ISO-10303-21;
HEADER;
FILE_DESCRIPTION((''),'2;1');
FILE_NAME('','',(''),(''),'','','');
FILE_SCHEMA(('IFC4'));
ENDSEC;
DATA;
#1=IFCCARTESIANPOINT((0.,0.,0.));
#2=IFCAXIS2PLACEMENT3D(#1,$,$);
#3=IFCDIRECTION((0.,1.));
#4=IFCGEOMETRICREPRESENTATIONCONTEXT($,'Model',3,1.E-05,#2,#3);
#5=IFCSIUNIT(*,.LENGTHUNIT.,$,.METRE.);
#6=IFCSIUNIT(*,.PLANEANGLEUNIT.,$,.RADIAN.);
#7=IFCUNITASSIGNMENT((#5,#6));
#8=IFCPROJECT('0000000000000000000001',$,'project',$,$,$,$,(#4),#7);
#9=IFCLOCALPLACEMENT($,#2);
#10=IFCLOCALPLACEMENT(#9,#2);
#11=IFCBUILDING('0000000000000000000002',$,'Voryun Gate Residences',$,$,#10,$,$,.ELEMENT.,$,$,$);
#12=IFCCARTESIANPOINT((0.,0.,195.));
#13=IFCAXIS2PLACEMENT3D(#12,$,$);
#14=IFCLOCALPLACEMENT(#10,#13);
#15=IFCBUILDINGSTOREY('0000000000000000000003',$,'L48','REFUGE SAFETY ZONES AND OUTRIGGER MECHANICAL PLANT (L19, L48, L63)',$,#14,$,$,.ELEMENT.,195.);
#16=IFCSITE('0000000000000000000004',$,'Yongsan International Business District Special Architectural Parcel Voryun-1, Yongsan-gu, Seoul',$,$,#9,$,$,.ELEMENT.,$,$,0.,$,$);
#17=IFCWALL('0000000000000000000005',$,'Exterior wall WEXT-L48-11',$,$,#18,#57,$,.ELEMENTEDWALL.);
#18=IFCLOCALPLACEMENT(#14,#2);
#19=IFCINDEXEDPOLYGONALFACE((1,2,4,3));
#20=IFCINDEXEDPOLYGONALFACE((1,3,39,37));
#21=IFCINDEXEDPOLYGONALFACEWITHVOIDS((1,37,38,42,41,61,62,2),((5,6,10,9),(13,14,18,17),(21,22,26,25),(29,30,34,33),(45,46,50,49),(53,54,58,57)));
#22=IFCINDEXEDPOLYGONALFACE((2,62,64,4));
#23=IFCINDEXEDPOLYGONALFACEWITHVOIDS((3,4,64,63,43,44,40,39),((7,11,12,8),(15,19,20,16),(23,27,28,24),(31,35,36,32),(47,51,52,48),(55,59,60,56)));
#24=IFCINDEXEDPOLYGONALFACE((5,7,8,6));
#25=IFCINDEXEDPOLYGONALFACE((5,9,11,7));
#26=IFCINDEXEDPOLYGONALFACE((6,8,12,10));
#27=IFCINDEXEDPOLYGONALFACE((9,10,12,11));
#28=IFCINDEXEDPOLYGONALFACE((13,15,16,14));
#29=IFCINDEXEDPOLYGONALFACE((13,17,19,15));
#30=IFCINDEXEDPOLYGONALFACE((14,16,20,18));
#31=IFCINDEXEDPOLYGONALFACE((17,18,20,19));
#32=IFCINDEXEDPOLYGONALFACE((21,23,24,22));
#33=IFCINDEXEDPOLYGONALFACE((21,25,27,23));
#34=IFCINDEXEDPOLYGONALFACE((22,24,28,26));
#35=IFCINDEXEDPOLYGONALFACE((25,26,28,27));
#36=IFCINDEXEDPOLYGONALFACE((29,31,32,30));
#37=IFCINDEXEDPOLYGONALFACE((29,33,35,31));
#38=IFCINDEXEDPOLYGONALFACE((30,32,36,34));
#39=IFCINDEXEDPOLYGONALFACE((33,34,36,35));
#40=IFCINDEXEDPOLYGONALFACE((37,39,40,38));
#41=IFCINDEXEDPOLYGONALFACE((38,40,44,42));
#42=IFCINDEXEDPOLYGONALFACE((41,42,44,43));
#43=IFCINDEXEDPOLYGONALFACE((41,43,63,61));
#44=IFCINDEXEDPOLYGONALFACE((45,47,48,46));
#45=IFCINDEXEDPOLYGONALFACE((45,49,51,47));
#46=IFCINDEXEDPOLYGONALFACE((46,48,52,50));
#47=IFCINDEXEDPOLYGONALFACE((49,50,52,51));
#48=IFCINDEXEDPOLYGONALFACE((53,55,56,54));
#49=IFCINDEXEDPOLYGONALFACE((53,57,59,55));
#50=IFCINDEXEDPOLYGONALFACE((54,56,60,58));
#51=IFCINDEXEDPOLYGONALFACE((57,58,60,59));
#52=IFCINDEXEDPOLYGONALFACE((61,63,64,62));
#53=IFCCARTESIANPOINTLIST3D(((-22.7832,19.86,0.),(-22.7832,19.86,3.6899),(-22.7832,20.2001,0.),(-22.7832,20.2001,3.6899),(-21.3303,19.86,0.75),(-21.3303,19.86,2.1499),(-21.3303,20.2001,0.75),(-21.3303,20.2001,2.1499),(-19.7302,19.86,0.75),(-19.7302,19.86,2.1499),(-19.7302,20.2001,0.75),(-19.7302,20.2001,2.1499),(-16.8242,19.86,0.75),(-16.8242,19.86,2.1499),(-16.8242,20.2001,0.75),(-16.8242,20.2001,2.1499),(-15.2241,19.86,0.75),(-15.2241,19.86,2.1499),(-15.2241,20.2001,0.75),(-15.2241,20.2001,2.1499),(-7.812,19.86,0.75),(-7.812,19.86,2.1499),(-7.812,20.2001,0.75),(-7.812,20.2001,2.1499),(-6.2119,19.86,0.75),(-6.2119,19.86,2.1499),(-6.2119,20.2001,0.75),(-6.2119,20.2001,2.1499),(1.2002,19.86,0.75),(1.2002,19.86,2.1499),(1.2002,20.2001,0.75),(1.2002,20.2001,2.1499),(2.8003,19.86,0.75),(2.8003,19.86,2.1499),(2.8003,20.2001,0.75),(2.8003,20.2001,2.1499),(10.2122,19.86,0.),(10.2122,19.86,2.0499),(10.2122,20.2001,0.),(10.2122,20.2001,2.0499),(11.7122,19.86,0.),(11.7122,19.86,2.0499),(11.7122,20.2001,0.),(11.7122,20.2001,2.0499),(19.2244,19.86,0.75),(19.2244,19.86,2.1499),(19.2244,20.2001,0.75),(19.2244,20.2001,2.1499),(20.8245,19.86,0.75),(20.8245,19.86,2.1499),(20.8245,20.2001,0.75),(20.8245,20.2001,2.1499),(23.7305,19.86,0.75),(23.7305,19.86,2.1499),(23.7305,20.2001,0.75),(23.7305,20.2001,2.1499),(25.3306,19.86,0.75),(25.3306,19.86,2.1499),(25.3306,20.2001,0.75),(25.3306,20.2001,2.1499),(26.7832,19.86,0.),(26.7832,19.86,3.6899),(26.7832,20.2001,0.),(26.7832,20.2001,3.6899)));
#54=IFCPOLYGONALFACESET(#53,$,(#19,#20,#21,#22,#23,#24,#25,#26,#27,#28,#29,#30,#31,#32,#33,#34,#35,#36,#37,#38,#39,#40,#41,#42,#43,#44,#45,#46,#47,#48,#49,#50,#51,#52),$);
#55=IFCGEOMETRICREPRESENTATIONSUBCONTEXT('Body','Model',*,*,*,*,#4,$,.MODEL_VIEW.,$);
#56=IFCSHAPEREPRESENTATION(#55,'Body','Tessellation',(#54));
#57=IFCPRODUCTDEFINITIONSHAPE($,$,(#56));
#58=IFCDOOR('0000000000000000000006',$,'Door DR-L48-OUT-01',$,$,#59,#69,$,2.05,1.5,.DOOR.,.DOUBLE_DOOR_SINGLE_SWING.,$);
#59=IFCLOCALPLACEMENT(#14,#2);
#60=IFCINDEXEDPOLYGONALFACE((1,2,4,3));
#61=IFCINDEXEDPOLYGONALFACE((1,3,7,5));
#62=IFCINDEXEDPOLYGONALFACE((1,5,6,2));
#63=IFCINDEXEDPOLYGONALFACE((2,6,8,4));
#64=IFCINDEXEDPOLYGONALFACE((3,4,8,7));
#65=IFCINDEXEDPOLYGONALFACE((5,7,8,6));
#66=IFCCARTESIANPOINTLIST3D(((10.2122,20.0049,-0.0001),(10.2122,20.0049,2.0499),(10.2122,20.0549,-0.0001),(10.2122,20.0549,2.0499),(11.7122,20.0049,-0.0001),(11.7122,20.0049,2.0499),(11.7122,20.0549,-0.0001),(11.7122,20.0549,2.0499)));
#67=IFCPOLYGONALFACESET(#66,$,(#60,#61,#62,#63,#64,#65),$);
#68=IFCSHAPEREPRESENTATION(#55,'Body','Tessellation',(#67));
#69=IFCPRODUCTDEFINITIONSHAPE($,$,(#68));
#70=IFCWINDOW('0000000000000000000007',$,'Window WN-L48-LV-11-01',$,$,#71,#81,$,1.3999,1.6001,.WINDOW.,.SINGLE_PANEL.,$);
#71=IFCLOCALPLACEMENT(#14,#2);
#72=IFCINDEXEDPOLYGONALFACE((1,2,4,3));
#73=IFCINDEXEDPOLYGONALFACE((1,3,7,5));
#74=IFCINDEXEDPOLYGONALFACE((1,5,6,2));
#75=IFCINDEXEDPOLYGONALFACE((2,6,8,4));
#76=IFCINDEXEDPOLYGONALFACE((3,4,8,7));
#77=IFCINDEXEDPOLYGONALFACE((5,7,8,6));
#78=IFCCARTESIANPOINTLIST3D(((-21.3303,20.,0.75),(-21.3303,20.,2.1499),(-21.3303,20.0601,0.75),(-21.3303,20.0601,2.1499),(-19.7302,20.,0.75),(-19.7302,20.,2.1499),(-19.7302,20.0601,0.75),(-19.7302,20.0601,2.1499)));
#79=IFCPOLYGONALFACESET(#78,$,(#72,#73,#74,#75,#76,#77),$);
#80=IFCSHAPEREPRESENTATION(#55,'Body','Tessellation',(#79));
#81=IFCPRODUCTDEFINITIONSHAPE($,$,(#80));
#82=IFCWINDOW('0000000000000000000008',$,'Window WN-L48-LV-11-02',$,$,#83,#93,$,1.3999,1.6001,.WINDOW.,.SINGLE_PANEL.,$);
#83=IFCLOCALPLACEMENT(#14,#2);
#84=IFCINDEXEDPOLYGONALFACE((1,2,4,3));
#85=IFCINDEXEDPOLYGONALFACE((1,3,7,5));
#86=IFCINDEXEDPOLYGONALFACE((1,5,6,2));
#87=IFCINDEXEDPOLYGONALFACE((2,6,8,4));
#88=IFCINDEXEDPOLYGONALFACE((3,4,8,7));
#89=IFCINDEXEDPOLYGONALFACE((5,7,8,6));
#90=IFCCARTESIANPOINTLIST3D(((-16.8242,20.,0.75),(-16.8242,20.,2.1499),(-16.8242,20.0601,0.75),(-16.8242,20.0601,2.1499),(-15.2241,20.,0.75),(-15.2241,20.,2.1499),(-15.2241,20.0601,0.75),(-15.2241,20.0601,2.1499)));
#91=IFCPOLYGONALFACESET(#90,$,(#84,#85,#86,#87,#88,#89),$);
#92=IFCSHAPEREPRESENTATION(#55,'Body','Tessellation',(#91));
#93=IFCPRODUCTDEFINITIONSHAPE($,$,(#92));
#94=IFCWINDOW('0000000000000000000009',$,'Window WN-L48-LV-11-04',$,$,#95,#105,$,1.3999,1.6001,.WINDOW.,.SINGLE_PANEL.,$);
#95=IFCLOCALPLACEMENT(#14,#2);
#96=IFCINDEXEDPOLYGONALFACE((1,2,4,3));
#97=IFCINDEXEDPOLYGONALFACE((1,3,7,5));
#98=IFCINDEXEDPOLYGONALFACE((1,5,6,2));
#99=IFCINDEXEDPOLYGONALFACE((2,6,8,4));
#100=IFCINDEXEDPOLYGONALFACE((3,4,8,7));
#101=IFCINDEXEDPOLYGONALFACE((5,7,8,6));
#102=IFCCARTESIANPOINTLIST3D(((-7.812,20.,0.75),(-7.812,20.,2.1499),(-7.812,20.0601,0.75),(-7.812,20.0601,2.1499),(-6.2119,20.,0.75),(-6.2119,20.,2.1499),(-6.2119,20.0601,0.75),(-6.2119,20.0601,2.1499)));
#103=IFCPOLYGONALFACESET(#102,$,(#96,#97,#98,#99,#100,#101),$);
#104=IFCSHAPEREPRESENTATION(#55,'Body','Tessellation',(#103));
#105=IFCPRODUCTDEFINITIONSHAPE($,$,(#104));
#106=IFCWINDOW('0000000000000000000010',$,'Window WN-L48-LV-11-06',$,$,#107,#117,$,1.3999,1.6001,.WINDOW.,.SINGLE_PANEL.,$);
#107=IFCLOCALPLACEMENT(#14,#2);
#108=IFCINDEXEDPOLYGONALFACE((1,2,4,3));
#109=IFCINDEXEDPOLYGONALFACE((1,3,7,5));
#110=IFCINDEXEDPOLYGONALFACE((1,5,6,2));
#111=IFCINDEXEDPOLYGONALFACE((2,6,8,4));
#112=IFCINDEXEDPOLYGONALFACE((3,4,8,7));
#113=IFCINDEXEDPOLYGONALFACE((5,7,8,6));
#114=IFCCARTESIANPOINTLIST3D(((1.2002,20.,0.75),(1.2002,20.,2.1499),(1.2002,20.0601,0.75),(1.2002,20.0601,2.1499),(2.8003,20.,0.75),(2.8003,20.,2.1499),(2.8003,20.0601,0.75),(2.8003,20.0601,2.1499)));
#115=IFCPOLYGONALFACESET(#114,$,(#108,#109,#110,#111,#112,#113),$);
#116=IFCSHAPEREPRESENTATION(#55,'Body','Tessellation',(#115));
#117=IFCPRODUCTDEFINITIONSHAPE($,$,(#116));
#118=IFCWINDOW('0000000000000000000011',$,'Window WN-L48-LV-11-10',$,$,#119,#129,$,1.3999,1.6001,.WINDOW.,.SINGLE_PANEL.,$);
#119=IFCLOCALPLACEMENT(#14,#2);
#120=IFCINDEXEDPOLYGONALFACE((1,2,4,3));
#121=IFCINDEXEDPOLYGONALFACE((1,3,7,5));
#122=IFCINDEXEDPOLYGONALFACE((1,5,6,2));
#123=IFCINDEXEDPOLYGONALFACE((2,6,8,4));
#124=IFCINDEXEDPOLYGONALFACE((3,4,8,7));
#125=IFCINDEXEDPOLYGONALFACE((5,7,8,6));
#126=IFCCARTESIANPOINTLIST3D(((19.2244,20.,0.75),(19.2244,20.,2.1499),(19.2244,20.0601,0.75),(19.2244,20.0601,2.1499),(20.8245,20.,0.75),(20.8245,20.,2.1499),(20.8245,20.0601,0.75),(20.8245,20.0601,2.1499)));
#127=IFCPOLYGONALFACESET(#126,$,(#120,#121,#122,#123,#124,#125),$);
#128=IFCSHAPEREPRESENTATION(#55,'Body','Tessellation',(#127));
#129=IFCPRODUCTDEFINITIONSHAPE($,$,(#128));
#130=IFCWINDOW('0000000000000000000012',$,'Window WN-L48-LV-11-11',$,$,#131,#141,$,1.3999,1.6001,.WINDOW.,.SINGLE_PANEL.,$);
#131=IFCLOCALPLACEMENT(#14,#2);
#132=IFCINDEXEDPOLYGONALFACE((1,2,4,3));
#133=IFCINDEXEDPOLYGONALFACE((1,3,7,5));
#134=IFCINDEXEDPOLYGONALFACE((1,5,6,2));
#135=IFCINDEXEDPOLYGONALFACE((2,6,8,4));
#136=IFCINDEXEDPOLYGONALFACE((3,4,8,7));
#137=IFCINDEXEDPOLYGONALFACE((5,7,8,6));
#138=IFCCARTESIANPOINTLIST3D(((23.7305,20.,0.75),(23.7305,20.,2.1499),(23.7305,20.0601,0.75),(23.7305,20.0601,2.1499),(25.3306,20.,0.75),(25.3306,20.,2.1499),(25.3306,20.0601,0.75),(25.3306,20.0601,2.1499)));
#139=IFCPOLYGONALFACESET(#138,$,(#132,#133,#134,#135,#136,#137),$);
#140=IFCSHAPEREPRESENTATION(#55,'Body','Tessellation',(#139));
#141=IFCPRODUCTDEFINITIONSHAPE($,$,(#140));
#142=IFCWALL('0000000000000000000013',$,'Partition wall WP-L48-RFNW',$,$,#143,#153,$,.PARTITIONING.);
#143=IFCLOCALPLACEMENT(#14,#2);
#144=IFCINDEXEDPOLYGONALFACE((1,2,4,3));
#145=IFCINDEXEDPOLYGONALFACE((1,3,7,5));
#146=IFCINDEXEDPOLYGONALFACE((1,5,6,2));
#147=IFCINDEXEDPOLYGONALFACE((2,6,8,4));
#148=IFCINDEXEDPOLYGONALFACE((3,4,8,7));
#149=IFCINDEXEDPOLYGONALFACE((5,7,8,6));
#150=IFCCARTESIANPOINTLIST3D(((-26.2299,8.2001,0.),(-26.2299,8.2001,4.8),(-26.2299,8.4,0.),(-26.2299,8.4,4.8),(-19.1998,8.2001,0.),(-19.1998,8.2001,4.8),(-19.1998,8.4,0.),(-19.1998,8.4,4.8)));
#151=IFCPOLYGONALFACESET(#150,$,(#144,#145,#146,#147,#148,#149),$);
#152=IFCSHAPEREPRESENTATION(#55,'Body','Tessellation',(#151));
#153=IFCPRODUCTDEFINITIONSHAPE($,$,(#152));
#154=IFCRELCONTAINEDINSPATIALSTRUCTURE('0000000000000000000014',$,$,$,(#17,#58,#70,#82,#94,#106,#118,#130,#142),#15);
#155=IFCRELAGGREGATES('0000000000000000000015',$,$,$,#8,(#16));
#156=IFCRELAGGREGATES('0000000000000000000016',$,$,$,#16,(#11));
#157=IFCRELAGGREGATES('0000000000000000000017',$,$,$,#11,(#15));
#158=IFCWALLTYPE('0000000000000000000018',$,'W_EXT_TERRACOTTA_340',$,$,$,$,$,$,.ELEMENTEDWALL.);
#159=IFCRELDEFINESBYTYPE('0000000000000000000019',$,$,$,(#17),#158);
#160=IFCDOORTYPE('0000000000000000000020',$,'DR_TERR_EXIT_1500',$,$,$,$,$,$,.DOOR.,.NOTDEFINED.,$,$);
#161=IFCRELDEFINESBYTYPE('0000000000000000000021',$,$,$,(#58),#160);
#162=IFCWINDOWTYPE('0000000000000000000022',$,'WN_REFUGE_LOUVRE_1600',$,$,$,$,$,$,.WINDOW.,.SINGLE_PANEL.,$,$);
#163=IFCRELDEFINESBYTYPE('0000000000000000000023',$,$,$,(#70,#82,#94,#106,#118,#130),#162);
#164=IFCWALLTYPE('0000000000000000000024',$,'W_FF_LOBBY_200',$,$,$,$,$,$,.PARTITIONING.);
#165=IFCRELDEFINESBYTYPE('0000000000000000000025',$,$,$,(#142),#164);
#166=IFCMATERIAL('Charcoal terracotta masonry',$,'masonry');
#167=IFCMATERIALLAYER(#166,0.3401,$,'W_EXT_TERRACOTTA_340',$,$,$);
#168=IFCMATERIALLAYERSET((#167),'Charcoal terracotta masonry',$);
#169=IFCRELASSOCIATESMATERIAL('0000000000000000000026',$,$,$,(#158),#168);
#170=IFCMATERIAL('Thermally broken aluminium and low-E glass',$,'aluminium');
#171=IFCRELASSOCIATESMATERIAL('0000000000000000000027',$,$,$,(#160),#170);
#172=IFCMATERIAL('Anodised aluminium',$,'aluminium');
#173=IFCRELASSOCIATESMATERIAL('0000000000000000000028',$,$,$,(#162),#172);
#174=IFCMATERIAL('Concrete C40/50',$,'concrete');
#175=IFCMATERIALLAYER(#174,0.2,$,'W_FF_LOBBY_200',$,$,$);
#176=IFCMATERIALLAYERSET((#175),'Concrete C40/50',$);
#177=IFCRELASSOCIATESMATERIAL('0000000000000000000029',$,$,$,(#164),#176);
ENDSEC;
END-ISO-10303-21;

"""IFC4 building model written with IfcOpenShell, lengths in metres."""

from ifc_helpers import new_model, si_unit, direction, frame, frame_2d, origin, place, context, subcontext, project, spatial, rectangle, extrude, material, layer, layer_set, type_object, element, fill, save


model = new_model("IFC4")

# Units and contexts
model_context = context("Model", 3, precision=1e-05, world=origin(), true_north=direction((0.0, 1.0)))
body_context = subcontext(model_context, "Body", "Model", "MODEL_VIEW")
ifc_project = project(units=[si_unit("LENGTHUNIT", "METRE"), si_unit("PLANEANGLEUNIT", "RADIAN")], contexts=[model_context])

# Site, building, storey
site_placement = place(None, origin())
site = spatial("IfcSite", under=ifc_project, at=site_placement, Name="Yongsan International Business District Special Architectural Parcel Voryun-1, Yongsan-gu, Seoul", CompositionType="ELEMENT", RefElevation=0.0)
building_placement = place(site_placement, origin())
building = spatial("IfcBuilding", under=site, at=building_placement, Name="Voryun Gate Residences", CompositionType="ELEMENT")
storey_placement = place(building_placement, frame((0.0, 0.0, 195.0)))
storey = spatial("IfcBuildingStorey", under=building, at=storey_placement, Name="L48", Description="REFUGE SAFETY ZONES AND OUTRIGGER MECHANICAL PLANT (L19, L48, L63)", CompositionType="ELEMENT", Elevation=195.0)

# Shared definitions
ifc_material_1 = material(Name="Charcoal terracotta masonry", Category="masonry")
ifc_layer_1 = layer(ifc_material_1, 0.3401, Name="W_EXT_TERRACOTTA_340")
ifc_layer_set_1 = layer_set([ifc_layer_1], Name="Charcoal terracotta masonry")
wall_type_1 = type_object("IfcWallType", Name="W_EXT_TERRACOTTA_340", PredefinedType="ELEMENTEDWALL", material=ifc_layer_set_1)

# Wall, openings, door, windows
wall_1_placement = place(storey_placement, frame((-22.7832, 20.03, 0.0), z_axis=(0.0, 0.0, 1.0), x_axis=(1.0, 0.0, 0.0)))
wall_1 = element("IfcWall", 1, at=wall_1_placement, inside=storey, type_object=wall_type_1, Name="Exterior wall WEXT-L48-11", PredefinedType="ELEMENTEDWALL", context=body_context, shape_type="SweptSolid", body=[
    extrude(rectangle(XDim=49.5664, YDim=0.3401, at=frame_2d((24.7832, 0.0))), origin(), (0.0, 0.0, 1.0), 3.6899),
])
opening_1_placement = place(wall_1_placement, frame((1.4529, 0.0, 0.75)))
opening_1 = element("IfcOpeningElement", 2, at=opening_1_placement, cuts=wall_1, PredefinedType="OPENING", context=body_context, shape_type="SweptSolid", body=[
    extrude(rectangle(XDim=1.6001, YDim=1.3999, at=frame_2d((0.8, 0.7))), frame((0.0, 0.1799, 0.0), z_axis=(0.0, -1.0, 0.0), x_axis=(1.0, 0.0, 0.0)), (0.0, 0.0, 1.0), 0.3601),
])
opening_2_placement = place(wall_1_placement, frame((5.959, 0.0, 0.75)))
opening_2 = element("IfcOpeningElement", 3, at=opening_2_placement, cuts=wall_1, PredefinedType="OPENING", context=body_context, shape_type="SweptSolid", body=[
    extrude(rectangle(XDim=1.6001, YDim=1.3999, at=frame_2d((0.8, 0.7))), frame((0.0, 0.1799, 0.0), z_axis=(0.0, -1.0, 0.0), x_axis=(1.0, 0.0, 0.0)), (0.0, 0.0, 1.0), 0.3601),
])
opening_3_placement = place(wall_1_placement, frame((14.9712, 0.0, 0.75)))
opening_3 = element("IfcOpeningElement", 4, at=opening_3_placement, cuts=wall_1, PredefinedType="OPENING", context=body_context, shape_type="SweptSolid", body=[
    extrude(rectangle(XDim=1.6001, YDim=1.3999, at=frame_2d((0.8, 0.7))), frame((0.0, 0.1799, 0.0), z_axis=(0.0, -1.0, 0.0), x_axis=(1.0, 0.0, 0.0)), (0.0, 0.0, 1.0), 0.3601),
])
opening_4_placement = place(wall_1_placement, frame((23.9834, 0.0, 0.75)))
opening_4 = element("IfcOpeningElement", 5, at=opening_4_placement, cuts=wall_1, PredefinedType="OPENING", context=body_context, shape_type="SweptSolid", body=[
    extrude(rectangle(XDim=1.6001, YDim=1.3999, at=frame_2d((0.8, 0.7))), frame((0.0, 0.1799, 0.0), z_axis=(0.0, -1.0, 0.0), x_axis=(1.0, 0.0, 0.0)), (0.0, 0.0, 1.0), 0.3601),
])
opening_5_placement = place(wall_1_placement, frame((32.9954, 0.0, 0.0)))
opening_5 = element("IfcOpeningElement", 6, at=opening_5_placement, cuts=wall_1, PredefinedType="OPENING", context=body_context, shape_type="SweptSolid", body=[
    extrude(rectangle(XDim=1.5, YDim=2.05, at=frame_2d((0.75, 1.0249))), frame((0.0, 0.1799, 0.0), z_axis=(0.0, -1.0, 0.0), x_axis=(1.0, 0.0, 0.0)), (0.0, 0.0, 1.0), 0.3601),
])
opening_6_placement = place(wall_1_placement, frame((42.0076, 0.0, 0.75)))
opening_6 = element("IfcOpeningElement", 7, at=opening_6_placement, cuts=wall_1, PredefinedType="OPENING", context=body_context, shape_type="SweptSolid", body=[
    extrude(rectangle(XDim=1.6001, YDim=1.3999, at=frame_2d((0.8, 0.7))), frame((0.0, 0.1799, 0.0), z_axis=(0.0, -1.0, 0.0), x_axis=(1.0, 0.0, 0.0)), (0.0, 0.0, 1.0), 0.3601),
])
opening_7_placement = place(wall_1_placement, frame((46.5137, 0.0, 0.75)))
opening_7 = element("IfcOpeningElement", 8, at=opening_7_placement, cuts=wall_1, PredefinedType="OPENING", context=body_context, shape_type="SweptSolid", body=[
    extrude(rectangle(XDim=1.6001, YDim=1.3999, at=frame_2d((0.8, 0.7))), frame((0.0, 0.1799, 0.0), z_axis=(0.0, -1.0, 0.0), x_axis=(1.0, 0.0, 0.0)), (0.0, 0.0, 1.0), 0.3601),
])
ifc_material_2 = material(Name="Thermally broken aluminium and low-E glass", Category="aluminium")
door_type = type_object("IfcDoorType", Name="DR_TERR_EXIT_1500", OperationType="NOTDEFINED", PredefinedType="DOOR", material=ifc_material_2)
door_placement = place(opening_5_placement, origin())
door = element("IfcDoor", 9, at=door_placement, inside=storey, type_object=door_type, Name="Door DR-L48-OUT-01", OperationType="DOUBLE_DOOR_SINGLE_SWING", OverallHeight=2.05, OverallWidth=1.5, PredefinedType="DOOR", context=body_context, shape_type="SweptSolid", body=[
    extrude(rectangle(XDim=1.5, YDim=2.05, at=frame_2d((0.75, 1.0249))), frame((0.0, 0.0249, 0.0), z_axis=(0.0, -1.0, 0.0), x_axis=(1.0, 0.0, 0.0)), (0.0, 0.0, 1.0), 0.05),
])
fill(opening_5, door)
ifc_material_3 = material(Name="Anodised aluminium", Category="aluminium")
window_type = type_object("IfcWindowType", Name="WN_REFUGE_LOUVRE_1600", PartitioningType="SINGLE_PANEL", PredefinedType="WINDOW", material=ifc_material_3)
window_1_placement = place(opening_1_placement, origin())
window_1 = element("IfcWindow", 10, at=window_1_placement, inside=storey, type_object=window_type, Name="Window WN-L48-LV-11-01", OverallHeight=1.3999, OverallWidth=1.6001, PartitioningType="SINGLE_PANEL", PredefinedType="WINDOW", context=body_context, shape_type="SweptSolid", body=[
    extrude(rectangle(XDim=1.6001, YDim=1.3999, at=frame_2d((0.8, 0.7))), frame((0.0, 0.03, 0.0), z_axis=(0.0, -1.0, 0.0), x_axis=(1.0, 0.0, 0.0)), (0.0, 0.0, 1.0), 0.0601),
])
fill(opening_1, window_1)
window_2_placement = place(opening_2_placement, origin())
window_2 = element("IfcWindow", 11, at=window_2_placement, inside=storey, type_object=window_type, Name="Window WN-L48-LV-11-02", OverallHeight=1.3999, OverallWidth=1.6001, PartitioningType="SINGLE_PANEL", PredefinedType="WINDOW", context=body_context, shape_type="SweptSolid", body=[
    extrude(rectangle(XDim=1.6001, YDim=1.3999, at=frame_2d((0.8, 0.7))), frame((0.0, 0.03, 0.0), z_axis=(0.0, -1.0, 0.0), x_axis=(1.0, 0.0, 0.0)), (0.0, 0.0, 1.0), 0.0601),
])
fill(opening_2, window_2)
window_3_placement = place(opening_3_placement, origin())
window_3 = element("IfcWindow", 12, at=window_3_placement, inside=storey, type_object=window_type, Name="Window WN-L48-LV-11-04", OverallHeight=1.3999, OverallWidth=1.6001, PartitioningType="SINGLE_PANEL", PredefinedType="WINDOW", context=body_context, shape_type="SweptSolid", body=[
    extrude(rectangle(XDim=1.6001, YDim=1.3999, at=frame_2d((0.8, 0.7))), frame((0.0, 0.03, 0.0), z_axis=(0.0, -1.0, 0.0), x_axis=(1.0, 0.0, 0.0)), (0.0, 0.0, 1.0), 0.0601),
])
fill(opening_3, window_3)
window_4_placement = place(opening_4_placement, origin())
window_4 = element("IfcWindow", 13, at=window_4_placement, inside=storey, type_object=window_type, Name="Window WN-L48-LV-11-06", OverallHeight=1.3999, OverallWidth=1.6001, PartitioningType="SINGLE_PANEL", PredefinedType="WINDOW", context=body_context, shape_type="SweptSolid", body=[
    extrude(rectangle(XDim=1.6001, YDim=1.3999, at=frame_2d((0.8, 0.7))), frame((0.0, 0.03, 0.0), z_axis=(0.0, -1.0, 0.0), x_axis=(1.0, 0.0, 0.0)), (0.0, 0.0, 1.0), 0.0601),
])
fill(opening_4, window_4)
window_5_placement = place(opening_6_placement, origin())
window_5 = element("IfcWindow", 14, at=window_5_placement, inside=storey, type_object=window_type, Name="Window WN-L48-LV-11-10", OverallHeight=1.3999, OverallWidth=1.6001, PartitioningType="SINGLE_PANEL", PredefinedType="WINDOW", context=body_context, shape_type="SweptSolid", body=[
    extrude(rectangle(XDim=1.6001, YDim=1.3999, at=frame_2d((0.8, 0.7))), frame((0.0, 0.03, 0.0), z_axis=(0.0, -1.0, 0.0), x_axis=(1.0, 0.0, 0.0)), (0.0, 0.0, 1.0), 0.0601),
])
fill(opening_6, window_5)
window_6_placement = place(opening_7_placement, origin())
window_6 = element("IfcWindow", 15, at=window_6_placement, inside=storey, type_object=window_type, Name="Window WN-L48-LV-11-11", OverallHeight=1.3999, OverallWidth=1.6001, PartitioningType="SINGLE_PANEL", PredefinedType="WINDOW", context=body_context, shape_type="SweptSolid", body=[
    extrude(rectangle(XDim=1.6001, YDim=1.3999, at=frame_2d((0.8, 0.7))), frame((0.0, 0.03, 0.0), z_axis=(0.0, -1.0, 0.0), x_axis=(1.0, 0.0, 0.0)), (0.0, 0.0, 1.0), 0.0601),
])
fill(opening_7, window_6)

# Wall
ifc_material_4 = material(Name="Concrete C40/50", Category="concrete")
ifc_layer_2 = layer(ifc_material_4, 0.2, Name="W_FF_LOBBY_200")
ifc_layer_set_2 = layer_set([ifc_layer_2], Name="Concrete C40/50")
wall_type_2 = type_object("IfcWallType", Name="W_FF_LOBBY_200", PredefinedType="PARTITIONING", material=ifc_layer_set_2)
wall_2_placement = place(storey_placement, frame((-26.23, 8.3, 0.0), z_axis=(0.0, 0.0, 1.0), x_axis=(1.0, 0.0, 0.0)))
element("IfcWall", 16, at=wall_2_placement, inside=storey, type_object=wall_type_2, Name="Partition wall WP-L48-RFNW", PredefinedType="PARTITIONING", context=body_context, shape_type="SweptSolid", body=[
    extrude(rectangle(XDim=7.03, YDim=0.2, at=frame_2d((3.5151, 0.0))), origin(), (0.0, 0.0, 1.0), 4.8),
])

save(model, "model.ifc")
